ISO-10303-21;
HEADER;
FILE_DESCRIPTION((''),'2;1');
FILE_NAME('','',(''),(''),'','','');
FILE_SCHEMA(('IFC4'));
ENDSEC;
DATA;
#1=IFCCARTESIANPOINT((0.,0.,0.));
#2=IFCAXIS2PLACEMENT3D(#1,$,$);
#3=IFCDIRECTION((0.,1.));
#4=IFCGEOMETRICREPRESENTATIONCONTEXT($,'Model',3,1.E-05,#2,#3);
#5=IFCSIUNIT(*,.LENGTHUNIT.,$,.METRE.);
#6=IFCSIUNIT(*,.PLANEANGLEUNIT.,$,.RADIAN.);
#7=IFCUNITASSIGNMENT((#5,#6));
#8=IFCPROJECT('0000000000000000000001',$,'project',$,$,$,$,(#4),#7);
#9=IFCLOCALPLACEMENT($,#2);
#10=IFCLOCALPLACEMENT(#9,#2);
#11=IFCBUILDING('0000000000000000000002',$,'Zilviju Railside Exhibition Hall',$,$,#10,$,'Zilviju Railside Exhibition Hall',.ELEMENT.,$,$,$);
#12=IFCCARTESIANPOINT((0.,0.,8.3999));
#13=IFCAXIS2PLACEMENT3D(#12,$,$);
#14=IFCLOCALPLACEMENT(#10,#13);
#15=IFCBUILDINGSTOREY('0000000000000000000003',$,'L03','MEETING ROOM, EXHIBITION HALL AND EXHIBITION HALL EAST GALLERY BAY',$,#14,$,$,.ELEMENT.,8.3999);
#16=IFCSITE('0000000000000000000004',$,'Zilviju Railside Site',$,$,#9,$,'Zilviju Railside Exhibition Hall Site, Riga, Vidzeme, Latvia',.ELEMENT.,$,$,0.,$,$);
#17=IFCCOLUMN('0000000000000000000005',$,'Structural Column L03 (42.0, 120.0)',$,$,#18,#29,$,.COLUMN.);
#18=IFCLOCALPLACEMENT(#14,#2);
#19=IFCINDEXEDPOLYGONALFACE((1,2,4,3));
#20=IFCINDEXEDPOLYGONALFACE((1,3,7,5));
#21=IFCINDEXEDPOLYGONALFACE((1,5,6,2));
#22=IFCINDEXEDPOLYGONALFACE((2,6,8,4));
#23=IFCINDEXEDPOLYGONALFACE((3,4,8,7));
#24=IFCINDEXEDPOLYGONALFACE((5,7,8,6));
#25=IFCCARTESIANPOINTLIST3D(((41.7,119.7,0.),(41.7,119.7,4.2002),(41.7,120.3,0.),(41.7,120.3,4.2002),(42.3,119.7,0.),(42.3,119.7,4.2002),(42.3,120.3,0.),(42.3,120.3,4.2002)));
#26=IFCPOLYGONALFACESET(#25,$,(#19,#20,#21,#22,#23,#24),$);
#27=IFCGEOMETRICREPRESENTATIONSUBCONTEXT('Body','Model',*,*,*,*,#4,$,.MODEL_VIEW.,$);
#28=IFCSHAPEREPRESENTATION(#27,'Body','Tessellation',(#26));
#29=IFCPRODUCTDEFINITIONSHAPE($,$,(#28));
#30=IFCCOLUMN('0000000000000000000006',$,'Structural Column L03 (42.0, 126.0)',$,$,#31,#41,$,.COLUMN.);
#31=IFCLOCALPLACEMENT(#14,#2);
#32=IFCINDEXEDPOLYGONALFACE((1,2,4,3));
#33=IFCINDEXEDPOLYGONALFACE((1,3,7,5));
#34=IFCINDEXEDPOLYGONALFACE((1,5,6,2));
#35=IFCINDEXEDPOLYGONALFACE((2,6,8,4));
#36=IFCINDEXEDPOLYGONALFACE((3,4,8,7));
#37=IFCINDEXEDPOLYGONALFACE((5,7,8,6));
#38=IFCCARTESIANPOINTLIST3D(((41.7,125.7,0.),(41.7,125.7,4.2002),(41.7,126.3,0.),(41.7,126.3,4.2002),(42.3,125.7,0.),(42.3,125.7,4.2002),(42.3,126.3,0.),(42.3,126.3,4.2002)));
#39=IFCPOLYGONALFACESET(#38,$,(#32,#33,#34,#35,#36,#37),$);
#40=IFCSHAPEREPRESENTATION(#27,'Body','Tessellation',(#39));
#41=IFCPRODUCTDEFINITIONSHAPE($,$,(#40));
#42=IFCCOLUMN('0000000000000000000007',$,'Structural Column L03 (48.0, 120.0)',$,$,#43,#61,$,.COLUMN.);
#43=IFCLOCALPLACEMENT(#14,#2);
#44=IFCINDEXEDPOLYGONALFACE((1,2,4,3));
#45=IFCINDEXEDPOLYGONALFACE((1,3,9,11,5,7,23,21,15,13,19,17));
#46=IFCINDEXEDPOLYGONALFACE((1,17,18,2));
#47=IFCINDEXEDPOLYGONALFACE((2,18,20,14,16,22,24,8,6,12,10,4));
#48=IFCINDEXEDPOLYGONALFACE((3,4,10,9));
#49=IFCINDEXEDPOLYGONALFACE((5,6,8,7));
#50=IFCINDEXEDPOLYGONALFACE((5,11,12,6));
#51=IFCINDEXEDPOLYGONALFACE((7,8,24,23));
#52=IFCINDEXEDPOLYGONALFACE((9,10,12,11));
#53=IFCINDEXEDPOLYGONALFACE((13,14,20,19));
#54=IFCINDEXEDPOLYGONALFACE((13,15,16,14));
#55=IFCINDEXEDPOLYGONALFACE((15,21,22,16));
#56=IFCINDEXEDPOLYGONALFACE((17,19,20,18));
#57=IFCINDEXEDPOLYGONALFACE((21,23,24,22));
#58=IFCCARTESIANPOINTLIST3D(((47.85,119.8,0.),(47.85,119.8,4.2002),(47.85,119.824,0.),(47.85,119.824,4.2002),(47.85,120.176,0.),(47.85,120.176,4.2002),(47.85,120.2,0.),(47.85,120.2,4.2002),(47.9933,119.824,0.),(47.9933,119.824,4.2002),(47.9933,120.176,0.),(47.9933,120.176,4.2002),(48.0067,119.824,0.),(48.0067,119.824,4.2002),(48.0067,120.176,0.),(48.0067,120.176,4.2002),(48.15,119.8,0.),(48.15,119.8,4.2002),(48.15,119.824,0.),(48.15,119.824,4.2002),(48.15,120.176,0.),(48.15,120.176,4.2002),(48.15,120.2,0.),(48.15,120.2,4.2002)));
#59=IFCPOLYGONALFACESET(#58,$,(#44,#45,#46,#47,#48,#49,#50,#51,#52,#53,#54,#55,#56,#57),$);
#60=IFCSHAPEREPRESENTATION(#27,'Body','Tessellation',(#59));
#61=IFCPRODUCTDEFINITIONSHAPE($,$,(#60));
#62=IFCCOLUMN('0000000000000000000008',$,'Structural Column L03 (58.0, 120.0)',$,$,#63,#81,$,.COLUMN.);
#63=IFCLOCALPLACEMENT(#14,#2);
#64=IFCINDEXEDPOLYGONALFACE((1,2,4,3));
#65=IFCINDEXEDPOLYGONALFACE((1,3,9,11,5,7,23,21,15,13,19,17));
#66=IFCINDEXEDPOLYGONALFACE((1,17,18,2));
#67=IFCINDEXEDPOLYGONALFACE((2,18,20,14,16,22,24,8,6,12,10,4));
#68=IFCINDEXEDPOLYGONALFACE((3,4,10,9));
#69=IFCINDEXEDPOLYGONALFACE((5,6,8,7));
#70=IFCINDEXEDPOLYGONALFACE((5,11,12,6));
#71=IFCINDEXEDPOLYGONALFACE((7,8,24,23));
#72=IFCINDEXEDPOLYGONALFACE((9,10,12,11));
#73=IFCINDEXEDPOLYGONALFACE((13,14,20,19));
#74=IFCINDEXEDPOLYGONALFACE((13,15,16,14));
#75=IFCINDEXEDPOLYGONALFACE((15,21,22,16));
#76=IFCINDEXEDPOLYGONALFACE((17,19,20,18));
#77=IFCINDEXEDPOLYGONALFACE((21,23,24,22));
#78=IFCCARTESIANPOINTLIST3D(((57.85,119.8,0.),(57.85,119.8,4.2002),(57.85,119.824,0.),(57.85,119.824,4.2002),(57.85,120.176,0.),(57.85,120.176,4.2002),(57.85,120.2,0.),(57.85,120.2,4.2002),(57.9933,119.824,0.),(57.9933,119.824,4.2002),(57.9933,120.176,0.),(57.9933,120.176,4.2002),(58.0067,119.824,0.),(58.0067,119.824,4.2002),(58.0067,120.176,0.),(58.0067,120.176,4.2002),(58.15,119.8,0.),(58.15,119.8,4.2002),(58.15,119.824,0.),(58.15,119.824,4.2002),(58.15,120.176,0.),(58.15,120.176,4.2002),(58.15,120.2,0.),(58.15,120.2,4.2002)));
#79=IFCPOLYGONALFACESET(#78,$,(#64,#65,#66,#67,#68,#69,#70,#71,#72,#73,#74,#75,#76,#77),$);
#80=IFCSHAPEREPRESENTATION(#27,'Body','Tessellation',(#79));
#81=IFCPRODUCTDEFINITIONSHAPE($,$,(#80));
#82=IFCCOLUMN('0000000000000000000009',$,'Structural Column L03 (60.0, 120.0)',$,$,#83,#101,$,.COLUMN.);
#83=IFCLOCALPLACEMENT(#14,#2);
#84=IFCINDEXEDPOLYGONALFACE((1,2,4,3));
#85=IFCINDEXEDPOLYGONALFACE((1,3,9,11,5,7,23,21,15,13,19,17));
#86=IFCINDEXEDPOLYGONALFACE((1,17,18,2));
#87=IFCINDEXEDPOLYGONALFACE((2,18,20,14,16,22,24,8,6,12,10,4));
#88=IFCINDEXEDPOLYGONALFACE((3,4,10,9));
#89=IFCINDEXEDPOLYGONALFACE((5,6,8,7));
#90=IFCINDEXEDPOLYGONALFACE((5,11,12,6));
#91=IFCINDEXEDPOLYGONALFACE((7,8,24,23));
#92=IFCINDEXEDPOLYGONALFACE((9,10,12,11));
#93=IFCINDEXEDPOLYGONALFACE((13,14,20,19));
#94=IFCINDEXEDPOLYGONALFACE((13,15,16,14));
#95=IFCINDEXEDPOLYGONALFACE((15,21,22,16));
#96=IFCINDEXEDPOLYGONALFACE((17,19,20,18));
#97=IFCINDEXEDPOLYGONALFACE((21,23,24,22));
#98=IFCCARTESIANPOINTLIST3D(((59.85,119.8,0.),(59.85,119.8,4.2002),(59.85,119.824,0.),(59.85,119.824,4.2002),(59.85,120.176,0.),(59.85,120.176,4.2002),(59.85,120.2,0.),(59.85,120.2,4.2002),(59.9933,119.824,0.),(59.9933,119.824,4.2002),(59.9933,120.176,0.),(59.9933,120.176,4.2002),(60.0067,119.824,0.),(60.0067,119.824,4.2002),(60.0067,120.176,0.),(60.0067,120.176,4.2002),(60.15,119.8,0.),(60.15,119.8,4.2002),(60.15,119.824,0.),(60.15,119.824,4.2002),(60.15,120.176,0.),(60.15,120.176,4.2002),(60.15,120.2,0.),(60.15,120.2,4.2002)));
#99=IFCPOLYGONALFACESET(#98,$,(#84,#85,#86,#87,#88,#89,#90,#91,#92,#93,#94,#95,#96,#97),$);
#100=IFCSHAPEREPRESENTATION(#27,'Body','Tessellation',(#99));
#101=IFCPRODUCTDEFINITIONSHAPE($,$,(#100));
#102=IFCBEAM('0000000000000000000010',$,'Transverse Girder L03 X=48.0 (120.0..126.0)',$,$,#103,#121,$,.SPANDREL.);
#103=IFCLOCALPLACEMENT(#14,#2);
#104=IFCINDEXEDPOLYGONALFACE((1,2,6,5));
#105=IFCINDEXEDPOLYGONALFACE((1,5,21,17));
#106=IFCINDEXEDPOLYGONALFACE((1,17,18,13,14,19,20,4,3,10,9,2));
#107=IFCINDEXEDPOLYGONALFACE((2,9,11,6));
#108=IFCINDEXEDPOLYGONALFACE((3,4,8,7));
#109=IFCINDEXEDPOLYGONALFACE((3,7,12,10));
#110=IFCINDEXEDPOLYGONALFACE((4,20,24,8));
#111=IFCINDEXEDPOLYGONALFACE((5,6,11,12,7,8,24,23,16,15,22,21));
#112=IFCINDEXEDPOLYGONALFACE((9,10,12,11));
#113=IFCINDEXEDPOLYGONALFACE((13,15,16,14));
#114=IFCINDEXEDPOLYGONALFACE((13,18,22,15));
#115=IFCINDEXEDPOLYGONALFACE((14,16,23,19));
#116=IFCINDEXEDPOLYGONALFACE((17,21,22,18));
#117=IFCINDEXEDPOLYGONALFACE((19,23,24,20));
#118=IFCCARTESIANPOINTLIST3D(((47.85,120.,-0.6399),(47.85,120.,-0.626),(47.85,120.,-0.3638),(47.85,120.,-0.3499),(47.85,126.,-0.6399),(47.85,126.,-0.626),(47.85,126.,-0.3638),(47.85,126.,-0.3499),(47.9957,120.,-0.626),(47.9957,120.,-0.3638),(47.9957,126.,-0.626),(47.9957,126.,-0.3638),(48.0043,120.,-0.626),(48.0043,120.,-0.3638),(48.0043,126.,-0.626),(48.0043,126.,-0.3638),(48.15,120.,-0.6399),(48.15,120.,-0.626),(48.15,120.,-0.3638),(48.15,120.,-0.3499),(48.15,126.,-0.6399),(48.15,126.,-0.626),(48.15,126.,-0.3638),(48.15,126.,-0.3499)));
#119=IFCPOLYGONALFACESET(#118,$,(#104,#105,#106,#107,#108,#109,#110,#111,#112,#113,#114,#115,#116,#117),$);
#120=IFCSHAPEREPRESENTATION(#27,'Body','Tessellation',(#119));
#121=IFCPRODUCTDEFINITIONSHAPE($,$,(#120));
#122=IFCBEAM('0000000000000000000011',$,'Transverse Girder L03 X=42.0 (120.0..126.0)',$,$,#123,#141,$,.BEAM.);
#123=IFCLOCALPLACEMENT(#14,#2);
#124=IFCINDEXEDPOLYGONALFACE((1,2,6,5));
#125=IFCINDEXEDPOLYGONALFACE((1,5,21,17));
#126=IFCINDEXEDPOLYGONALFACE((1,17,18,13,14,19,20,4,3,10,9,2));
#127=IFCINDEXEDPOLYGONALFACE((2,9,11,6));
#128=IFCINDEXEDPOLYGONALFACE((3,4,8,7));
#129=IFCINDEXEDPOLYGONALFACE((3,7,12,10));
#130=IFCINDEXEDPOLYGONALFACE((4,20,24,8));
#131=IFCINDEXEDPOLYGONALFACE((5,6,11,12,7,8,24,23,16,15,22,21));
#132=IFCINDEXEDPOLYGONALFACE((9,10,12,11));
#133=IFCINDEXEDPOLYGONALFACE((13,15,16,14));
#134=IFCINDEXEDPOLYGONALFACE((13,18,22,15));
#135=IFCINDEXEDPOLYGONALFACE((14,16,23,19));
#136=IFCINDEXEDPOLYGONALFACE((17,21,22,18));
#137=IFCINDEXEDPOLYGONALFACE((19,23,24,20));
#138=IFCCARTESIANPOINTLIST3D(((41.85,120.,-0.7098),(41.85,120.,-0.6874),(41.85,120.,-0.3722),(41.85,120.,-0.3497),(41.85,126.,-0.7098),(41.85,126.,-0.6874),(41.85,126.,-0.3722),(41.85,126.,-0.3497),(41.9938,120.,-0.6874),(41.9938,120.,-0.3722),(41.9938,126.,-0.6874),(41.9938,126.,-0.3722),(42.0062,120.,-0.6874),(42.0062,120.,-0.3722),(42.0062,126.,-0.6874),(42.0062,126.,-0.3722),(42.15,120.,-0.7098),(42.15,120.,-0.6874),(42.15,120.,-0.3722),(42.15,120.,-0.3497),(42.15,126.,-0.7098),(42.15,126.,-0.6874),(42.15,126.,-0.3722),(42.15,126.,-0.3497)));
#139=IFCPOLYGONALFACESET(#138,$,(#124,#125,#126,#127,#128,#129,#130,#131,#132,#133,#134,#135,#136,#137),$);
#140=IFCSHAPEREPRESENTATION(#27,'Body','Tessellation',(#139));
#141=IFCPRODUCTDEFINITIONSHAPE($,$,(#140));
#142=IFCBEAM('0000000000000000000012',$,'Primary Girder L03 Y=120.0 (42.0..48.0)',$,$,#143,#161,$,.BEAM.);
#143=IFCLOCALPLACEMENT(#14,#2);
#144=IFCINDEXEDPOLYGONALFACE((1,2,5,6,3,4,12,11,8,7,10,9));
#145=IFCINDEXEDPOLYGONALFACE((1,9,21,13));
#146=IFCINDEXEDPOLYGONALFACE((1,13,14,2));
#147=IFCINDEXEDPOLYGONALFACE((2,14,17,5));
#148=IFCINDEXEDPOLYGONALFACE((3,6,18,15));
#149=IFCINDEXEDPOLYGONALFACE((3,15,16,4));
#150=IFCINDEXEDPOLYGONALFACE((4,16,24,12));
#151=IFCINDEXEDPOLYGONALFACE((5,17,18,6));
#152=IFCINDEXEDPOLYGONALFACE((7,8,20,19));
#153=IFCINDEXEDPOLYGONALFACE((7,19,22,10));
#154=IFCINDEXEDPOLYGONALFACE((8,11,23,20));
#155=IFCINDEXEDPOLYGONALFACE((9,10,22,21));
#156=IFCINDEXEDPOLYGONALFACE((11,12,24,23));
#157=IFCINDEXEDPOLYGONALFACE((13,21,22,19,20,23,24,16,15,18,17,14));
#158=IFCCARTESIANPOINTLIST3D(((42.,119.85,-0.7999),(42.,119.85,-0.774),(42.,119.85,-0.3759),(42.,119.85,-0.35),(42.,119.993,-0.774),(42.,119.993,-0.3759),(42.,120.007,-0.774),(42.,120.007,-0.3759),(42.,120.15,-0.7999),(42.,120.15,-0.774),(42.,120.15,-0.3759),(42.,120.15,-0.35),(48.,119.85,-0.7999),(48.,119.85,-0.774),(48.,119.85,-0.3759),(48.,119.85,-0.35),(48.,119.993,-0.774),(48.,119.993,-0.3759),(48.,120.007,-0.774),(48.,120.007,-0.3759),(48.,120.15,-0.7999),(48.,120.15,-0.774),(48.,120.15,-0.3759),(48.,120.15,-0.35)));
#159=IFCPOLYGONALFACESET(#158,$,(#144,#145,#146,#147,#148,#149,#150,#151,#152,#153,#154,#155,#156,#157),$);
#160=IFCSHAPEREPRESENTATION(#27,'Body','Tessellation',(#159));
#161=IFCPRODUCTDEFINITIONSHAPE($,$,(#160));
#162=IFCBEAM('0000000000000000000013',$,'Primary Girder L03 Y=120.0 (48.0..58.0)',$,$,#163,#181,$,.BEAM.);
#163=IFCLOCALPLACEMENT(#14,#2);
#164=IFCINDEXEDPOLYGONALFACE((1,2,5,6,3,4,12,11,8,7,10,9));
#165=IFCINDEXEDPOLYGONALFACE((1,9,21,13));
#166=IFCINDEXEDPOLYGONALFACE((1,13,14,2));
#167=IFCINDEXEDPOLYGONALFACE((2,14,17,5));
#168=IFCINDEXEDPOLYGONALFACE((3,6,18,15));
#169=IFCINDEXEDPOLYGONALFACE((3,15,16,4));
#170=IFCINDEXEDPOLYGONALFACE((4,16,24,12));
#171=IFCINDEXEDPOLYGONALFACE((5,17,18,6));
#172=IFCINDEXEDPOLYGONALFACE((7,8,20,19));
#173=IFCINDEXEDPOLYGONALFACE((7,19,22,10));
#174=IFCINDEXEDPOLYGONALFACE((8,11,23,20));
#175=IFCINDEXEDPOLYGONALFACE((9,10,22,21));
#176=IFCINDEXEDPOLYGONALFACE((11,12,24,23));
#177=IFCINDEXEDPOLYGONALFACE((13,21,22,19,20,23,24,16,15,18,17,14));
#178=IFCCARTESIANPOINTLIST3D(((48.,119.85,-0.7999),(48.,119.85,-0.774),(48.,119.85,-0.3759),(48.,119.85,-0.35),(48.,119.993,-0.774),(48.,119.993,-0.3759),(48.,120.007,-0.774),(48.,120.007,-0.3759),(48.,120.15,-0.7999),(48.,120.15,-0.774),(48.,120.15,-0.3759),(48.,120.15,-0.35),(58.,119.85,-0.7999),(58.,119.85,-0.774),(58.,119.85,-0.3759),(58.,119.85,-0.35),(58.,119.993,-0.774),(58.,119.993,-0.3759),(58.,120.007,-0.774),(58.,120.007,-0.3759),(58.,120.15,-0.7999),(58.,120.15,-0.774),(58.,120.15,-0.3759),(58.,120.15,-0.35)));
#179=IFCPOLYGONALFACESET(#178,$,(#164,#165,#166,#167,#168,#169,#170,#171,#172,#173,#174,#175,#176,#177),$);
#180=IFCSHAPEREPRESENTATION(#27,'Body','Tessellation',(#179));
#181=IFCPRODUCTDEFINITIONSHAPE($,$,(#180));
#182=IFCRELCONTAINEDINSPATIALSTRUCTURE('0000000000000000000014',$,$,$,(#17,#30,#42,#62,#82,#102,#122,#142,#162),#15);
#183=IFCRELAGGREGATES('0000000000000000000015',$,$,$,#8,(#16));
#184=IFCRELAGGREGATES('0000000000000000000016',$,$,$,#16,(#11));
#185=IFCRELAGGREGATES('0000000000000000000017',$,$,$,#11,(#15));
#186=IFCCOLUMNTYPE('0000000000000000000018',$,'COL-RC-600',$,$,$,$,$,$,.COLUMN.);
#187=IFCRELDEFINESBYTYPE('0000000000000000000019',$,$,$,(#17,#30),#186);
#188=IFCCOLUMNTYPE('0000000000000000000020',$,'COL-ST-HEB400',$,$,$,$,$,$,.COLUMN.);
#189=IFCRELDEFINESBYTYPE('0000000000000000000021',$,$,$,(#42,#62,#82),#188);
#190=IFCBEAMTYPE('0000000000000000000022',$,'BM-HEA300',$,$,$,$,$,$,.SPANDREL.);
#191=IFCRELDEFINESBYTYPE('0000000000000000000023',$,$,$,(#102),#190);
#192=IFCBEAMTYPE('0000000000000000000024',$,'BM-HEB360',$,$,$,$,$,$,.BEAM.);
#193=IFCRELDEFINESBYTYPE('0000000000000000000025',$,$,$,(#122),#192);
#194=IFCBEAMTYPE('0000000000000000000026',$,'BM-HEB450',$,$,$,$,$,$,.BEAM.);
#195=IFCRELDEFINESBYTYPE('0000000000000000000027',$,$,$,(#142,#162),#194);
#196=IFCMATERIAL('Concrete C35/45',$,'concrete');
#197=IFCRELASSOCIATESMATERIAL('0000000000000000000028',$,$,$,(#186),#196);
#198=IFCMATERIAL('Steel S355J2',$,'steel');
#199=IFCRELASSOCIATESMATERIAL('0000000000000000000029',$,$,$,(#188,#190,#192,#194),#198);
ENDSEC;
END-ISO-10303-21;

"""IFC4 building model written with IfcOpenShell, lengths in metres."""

from ifc_helpers import new_model, si_unit, direction, frame, origin, origin_2d, place, context, subcontext, project, spatial, rectangle, i_section, extrude, material, material_profile, profile_set, type_object, element, save


model = new_model("IFC4")

# Units and contexts
model_context = context("Model", 3, precision=1e-05, world=origin(), true_north=direction((0.0, 1.0)))
body_context = subcontext(model_context, "Body", "Model", "MODEL_VIEW")
ifc_project = project(units=[si_unit("LENGTHUNIT", "METRE"), si_unit("PLANEANGLEUNIT", "RADIAN")], contexts=[model_context])

# Site, building, storey
site_placement = place(None, origin())
site = spatial("IfcSite", under=ifc_project, at=site_placement, Name="Zilviju Railside Site", LongName="Zilviju Railside Exhibition Hall Site, Riga, Vidzeme, Latvia", CompositionType="ELEMENT", RefElevation=0.0)
building_placement = place(site_placement, origin())
building = spatial("IfcBuilding", under=site, at=building_placement, Name="Zilviju Railside Exhibition Hall", LongName="Zilviju Railside Exhibition Hall", CompositionType="ELEMENT")
storey_placement = place(building_placement, frame((0.0, 0.0, 8.3999)))
storey = spatial("IfcBuildingStorey", under=building, at=storey_placement, Name="L03", Description="MEETING ROOM, EXHIBITION HALL AND EXHIBITION HALL EAST GALLERY BAY", CompositionType="ELEMENT", Elevation=8.3999)

# Columns
ifc_material_1 = material(Name="Concrete C35/45", Category="concrete")
ifc_material_profile_1 = material_profile(ifc_material_1, rectangle(XDim=0.6001, YDim=0.6001, at=origin_2d()), Name="RC COL 600x600")
ifc_profile_set_1 = profile_set([ifc_material_profile_1], Name="Concrete C35/45")
column_type_1 = type_object("IfcColumnType", Name="COL-RC-600", PredefinedType="COLUMN", material=ifc_profile_set_1)
for number, where, z_axis, x_axis, name in (
    (1, (42.0, 120.0, 0.0), (0.0, 0.0, 1.0), (1.0, 0.0, 0.0), "Structural Column L03 (42.0, 120.0)"),
    (2, (42.0, 126.0, 0.0), (0.0, 0.0, 1.0), (1.0, 0.0, 0.0), "Structural Column L03 (42.0, 126.0)"),
):
    element("IfcColumn", number, at=place(storey_placement, frame(where, z_axis=z_axis, x_axis=x_axis)), inside=storey, type_object=column_type_1, Name=name, PredefinedType="COLUMN", context=body_context, shape_type="SweptSolid", body=[
        extrude(rectangle(XDim=0.6001, YDim=0.6001, at=origin_2d()), origin(), (0.0, 0.0, 1.0), 4.2002),
    ])
ifc_material_2 = material(Name="Steel S355J2", Category="steel")
ifc_material_profile_2 = material_profile(ifc_material_2, i_section(OverallWidth=0.3, OverallDepth=0.3999, WebThickness=0.0134, FlangeThickness=0.0239, at=origin_2d()), Name="HEB 400")
ifc_profile_set_2 = profile_set([ifc_material_profile_2], Name="Steel S355J2")
column_type_2 = type_object("IfcColumnType", Name="COL-ST-HEB400", PredefinedType="COLUMN", material=ifc_profile_set_2)
for number, where, z_axis, x_axis, name in (
    (3, (48.0, 120.0, 0.0), (0.0, 0.0, 1.0), (1.0, 0.0, 0.0), "Structural Column L03 (48.0, 120.0)"),
    (4, (58.0, 120.0, 0.0), (0.0, 0.0, 1.0), (1.0, 0.0, 0.0), "Structural Column L03 (58.0, 120.0)"),
    (5, (60.0, 120.0, 0.0), (0.0, 0.0, 1.0), (1.0, 0.0, 0.0), "Structural Column L03 (60.0, 120.0)"),
):
    element("IfcColumn", number, at=place(storey_placement, frame(where, z_axis=z_axis, x_axis=x_axis)), inside=storey, type_object=column_type_2, Name=name, PredefinedType="COLUMN", context=body_context, shape_type="SweptSolid", body=[
        extrude(i_section(OverallWidth=0.3, OverallDepth=0.3999, WebThickness=0.0134, FlangeThickness=0.0239, at=origin_2d()), origin(), (0.0, 0.0, 1.0), 4.2002),
    ])

# Beams
ifc_material_profile_3 = material_profile(ifc_material_2, i_section(OverallWidth=0.3, OverallDepth=0.29, WebThickness=0.0085, FlangeThickness=0.0139, at=origin_2d()), Name="HEA 300")
ifc_profile_set_3 = profile_set([ifc_material_profile_3], Name="Steel S355J2")
beam_type_1 = type_object("IfcBeamType", Name="BM-HEA300", PredefinedType="SPANDREL", material=ifc_profile_set_3)
beam_1_placement = place(storey_placement, frame((48.0, 120.0, -0.4949), z_axis=(0.0, 1.0, 0.0), x_axis=(-1.0, 0.0, 0.0)))
element("IfcBeam", 6, at=beam_1_placement, inside=storey, type_object=beam_type_1, Name="Transverse Girder L03 X=48.0 (120.0..126.0)", PredefinedType="SPANDREL", context=body_context, shape_type="SweptSolid", body=[
    extrude(i_section(OverallWidth=0.3, OverallDepth=0.29, WebThickness=0.0085, FlangeThickness=0.0139, at=origin_2d()), origin(), (0.0, 0.0, 1.0), 6.0),
])
ifc_material_profile_4 = material_profile(ifc_material_2, i_section(OverallWidth=0.3, OverallDepth=0.3601, WebThickness=0.0125, FlangeThickness=0.0225, at=origin_2d()), Name="HEB 360")
ifc_profile_set_4 = profile_set([ifc_material_profile_4], Name="Steel S355J2")
beam_type_2 = type_object("IfcBeamType", Name="BM-HEB360", PredefinedType="BEAM", material=ifc_profile_set_4)
beam_2_placement = place(storey_placement, frame((42.0, 120.0, -0.5298), z_axis=(0.0, 1.0, 0.0), x_axis=(-1.0, 0.0, 0.0)))
element("IfcBeam", 7, at=beam_2_placement, inside=storey, type_object=beam_type_2, Name="Transverse Girder L03 X=42.0 (120.0..126.0)", PredefinedType="BEAM", context=body_context, shape_type="SweptSolid", body=[
    extrude(i_section(OverallWidth=0.3, OverallDepth=0.3601, WebThickness=0.0125, FlangeThickness=0.0225, at=origin_2d()), origin(), (0.0, 0.0, 1.0), 6.0),
])
ifc_material_profile_5 = material_profile(ifc_material_2, i_section(OverallWidth=0.3, OverallDepth=0.45, WebThickness=0.0139, FlangeThickness=0.0259, at=origin_2d()), Name="HEB 450")
ifc_profile_set_5 = profile_set([ifc_material_profile_5], Name="Steel S355J2")
beam_type_3 = type_object("IfcBeamType", Name="BM-HEB450", PredefinedType="BEAM", material=ifc_profile_set_5)
beam_3_placement = place(storey_placement, frame((42.0, 120.0, -0.575), z_axis=(1.0, 0.0, 0.0), x_axis=(0.0, 1.0, 0.0)))
element("IfcBeam", 8, at=beam_3_placement, inside=storey, type_object=beam_type_3, Name="Primary Girder L03 Y=120.0 (42.0..48.0)", PredefinedType="BEAM", context=body_context, shape_type="SweptSolid", body=[
    extrude(i_section(OverallWidth=0.3, OverallDepth=0.45, WebThickness=0.0139, FlangeThickness=0.0259, at=origin_2d()), origin(), (0.0, 0.0, 1.0), 6.0),
])
beam_4_placement = place(storey_placement, frame((48.0, 120.0, -0.575), z_axis=(1.0, 0.0, 0.0), x_axis=(0.0, 1.0, 0.0)))
element("IfcBeam", 9, at=beam_4_placement, inside=storey, type_object=beam_type_3, Name="Primary Girder L03 Y=120.0 (48.0..58.0)", PredefinedType="BEAM", context=body_context, shape_type="SweptSolid", body=[
    extrude(i_section(OverallWidth=0.3, OverallDepth=0.45, WebThickness=0.0139, FlangeThickness=0.0259, at=origin_2d()), origin(), (0.0, 0.0, 1.0), 10.0),
])

save(model, "model.ifc")
